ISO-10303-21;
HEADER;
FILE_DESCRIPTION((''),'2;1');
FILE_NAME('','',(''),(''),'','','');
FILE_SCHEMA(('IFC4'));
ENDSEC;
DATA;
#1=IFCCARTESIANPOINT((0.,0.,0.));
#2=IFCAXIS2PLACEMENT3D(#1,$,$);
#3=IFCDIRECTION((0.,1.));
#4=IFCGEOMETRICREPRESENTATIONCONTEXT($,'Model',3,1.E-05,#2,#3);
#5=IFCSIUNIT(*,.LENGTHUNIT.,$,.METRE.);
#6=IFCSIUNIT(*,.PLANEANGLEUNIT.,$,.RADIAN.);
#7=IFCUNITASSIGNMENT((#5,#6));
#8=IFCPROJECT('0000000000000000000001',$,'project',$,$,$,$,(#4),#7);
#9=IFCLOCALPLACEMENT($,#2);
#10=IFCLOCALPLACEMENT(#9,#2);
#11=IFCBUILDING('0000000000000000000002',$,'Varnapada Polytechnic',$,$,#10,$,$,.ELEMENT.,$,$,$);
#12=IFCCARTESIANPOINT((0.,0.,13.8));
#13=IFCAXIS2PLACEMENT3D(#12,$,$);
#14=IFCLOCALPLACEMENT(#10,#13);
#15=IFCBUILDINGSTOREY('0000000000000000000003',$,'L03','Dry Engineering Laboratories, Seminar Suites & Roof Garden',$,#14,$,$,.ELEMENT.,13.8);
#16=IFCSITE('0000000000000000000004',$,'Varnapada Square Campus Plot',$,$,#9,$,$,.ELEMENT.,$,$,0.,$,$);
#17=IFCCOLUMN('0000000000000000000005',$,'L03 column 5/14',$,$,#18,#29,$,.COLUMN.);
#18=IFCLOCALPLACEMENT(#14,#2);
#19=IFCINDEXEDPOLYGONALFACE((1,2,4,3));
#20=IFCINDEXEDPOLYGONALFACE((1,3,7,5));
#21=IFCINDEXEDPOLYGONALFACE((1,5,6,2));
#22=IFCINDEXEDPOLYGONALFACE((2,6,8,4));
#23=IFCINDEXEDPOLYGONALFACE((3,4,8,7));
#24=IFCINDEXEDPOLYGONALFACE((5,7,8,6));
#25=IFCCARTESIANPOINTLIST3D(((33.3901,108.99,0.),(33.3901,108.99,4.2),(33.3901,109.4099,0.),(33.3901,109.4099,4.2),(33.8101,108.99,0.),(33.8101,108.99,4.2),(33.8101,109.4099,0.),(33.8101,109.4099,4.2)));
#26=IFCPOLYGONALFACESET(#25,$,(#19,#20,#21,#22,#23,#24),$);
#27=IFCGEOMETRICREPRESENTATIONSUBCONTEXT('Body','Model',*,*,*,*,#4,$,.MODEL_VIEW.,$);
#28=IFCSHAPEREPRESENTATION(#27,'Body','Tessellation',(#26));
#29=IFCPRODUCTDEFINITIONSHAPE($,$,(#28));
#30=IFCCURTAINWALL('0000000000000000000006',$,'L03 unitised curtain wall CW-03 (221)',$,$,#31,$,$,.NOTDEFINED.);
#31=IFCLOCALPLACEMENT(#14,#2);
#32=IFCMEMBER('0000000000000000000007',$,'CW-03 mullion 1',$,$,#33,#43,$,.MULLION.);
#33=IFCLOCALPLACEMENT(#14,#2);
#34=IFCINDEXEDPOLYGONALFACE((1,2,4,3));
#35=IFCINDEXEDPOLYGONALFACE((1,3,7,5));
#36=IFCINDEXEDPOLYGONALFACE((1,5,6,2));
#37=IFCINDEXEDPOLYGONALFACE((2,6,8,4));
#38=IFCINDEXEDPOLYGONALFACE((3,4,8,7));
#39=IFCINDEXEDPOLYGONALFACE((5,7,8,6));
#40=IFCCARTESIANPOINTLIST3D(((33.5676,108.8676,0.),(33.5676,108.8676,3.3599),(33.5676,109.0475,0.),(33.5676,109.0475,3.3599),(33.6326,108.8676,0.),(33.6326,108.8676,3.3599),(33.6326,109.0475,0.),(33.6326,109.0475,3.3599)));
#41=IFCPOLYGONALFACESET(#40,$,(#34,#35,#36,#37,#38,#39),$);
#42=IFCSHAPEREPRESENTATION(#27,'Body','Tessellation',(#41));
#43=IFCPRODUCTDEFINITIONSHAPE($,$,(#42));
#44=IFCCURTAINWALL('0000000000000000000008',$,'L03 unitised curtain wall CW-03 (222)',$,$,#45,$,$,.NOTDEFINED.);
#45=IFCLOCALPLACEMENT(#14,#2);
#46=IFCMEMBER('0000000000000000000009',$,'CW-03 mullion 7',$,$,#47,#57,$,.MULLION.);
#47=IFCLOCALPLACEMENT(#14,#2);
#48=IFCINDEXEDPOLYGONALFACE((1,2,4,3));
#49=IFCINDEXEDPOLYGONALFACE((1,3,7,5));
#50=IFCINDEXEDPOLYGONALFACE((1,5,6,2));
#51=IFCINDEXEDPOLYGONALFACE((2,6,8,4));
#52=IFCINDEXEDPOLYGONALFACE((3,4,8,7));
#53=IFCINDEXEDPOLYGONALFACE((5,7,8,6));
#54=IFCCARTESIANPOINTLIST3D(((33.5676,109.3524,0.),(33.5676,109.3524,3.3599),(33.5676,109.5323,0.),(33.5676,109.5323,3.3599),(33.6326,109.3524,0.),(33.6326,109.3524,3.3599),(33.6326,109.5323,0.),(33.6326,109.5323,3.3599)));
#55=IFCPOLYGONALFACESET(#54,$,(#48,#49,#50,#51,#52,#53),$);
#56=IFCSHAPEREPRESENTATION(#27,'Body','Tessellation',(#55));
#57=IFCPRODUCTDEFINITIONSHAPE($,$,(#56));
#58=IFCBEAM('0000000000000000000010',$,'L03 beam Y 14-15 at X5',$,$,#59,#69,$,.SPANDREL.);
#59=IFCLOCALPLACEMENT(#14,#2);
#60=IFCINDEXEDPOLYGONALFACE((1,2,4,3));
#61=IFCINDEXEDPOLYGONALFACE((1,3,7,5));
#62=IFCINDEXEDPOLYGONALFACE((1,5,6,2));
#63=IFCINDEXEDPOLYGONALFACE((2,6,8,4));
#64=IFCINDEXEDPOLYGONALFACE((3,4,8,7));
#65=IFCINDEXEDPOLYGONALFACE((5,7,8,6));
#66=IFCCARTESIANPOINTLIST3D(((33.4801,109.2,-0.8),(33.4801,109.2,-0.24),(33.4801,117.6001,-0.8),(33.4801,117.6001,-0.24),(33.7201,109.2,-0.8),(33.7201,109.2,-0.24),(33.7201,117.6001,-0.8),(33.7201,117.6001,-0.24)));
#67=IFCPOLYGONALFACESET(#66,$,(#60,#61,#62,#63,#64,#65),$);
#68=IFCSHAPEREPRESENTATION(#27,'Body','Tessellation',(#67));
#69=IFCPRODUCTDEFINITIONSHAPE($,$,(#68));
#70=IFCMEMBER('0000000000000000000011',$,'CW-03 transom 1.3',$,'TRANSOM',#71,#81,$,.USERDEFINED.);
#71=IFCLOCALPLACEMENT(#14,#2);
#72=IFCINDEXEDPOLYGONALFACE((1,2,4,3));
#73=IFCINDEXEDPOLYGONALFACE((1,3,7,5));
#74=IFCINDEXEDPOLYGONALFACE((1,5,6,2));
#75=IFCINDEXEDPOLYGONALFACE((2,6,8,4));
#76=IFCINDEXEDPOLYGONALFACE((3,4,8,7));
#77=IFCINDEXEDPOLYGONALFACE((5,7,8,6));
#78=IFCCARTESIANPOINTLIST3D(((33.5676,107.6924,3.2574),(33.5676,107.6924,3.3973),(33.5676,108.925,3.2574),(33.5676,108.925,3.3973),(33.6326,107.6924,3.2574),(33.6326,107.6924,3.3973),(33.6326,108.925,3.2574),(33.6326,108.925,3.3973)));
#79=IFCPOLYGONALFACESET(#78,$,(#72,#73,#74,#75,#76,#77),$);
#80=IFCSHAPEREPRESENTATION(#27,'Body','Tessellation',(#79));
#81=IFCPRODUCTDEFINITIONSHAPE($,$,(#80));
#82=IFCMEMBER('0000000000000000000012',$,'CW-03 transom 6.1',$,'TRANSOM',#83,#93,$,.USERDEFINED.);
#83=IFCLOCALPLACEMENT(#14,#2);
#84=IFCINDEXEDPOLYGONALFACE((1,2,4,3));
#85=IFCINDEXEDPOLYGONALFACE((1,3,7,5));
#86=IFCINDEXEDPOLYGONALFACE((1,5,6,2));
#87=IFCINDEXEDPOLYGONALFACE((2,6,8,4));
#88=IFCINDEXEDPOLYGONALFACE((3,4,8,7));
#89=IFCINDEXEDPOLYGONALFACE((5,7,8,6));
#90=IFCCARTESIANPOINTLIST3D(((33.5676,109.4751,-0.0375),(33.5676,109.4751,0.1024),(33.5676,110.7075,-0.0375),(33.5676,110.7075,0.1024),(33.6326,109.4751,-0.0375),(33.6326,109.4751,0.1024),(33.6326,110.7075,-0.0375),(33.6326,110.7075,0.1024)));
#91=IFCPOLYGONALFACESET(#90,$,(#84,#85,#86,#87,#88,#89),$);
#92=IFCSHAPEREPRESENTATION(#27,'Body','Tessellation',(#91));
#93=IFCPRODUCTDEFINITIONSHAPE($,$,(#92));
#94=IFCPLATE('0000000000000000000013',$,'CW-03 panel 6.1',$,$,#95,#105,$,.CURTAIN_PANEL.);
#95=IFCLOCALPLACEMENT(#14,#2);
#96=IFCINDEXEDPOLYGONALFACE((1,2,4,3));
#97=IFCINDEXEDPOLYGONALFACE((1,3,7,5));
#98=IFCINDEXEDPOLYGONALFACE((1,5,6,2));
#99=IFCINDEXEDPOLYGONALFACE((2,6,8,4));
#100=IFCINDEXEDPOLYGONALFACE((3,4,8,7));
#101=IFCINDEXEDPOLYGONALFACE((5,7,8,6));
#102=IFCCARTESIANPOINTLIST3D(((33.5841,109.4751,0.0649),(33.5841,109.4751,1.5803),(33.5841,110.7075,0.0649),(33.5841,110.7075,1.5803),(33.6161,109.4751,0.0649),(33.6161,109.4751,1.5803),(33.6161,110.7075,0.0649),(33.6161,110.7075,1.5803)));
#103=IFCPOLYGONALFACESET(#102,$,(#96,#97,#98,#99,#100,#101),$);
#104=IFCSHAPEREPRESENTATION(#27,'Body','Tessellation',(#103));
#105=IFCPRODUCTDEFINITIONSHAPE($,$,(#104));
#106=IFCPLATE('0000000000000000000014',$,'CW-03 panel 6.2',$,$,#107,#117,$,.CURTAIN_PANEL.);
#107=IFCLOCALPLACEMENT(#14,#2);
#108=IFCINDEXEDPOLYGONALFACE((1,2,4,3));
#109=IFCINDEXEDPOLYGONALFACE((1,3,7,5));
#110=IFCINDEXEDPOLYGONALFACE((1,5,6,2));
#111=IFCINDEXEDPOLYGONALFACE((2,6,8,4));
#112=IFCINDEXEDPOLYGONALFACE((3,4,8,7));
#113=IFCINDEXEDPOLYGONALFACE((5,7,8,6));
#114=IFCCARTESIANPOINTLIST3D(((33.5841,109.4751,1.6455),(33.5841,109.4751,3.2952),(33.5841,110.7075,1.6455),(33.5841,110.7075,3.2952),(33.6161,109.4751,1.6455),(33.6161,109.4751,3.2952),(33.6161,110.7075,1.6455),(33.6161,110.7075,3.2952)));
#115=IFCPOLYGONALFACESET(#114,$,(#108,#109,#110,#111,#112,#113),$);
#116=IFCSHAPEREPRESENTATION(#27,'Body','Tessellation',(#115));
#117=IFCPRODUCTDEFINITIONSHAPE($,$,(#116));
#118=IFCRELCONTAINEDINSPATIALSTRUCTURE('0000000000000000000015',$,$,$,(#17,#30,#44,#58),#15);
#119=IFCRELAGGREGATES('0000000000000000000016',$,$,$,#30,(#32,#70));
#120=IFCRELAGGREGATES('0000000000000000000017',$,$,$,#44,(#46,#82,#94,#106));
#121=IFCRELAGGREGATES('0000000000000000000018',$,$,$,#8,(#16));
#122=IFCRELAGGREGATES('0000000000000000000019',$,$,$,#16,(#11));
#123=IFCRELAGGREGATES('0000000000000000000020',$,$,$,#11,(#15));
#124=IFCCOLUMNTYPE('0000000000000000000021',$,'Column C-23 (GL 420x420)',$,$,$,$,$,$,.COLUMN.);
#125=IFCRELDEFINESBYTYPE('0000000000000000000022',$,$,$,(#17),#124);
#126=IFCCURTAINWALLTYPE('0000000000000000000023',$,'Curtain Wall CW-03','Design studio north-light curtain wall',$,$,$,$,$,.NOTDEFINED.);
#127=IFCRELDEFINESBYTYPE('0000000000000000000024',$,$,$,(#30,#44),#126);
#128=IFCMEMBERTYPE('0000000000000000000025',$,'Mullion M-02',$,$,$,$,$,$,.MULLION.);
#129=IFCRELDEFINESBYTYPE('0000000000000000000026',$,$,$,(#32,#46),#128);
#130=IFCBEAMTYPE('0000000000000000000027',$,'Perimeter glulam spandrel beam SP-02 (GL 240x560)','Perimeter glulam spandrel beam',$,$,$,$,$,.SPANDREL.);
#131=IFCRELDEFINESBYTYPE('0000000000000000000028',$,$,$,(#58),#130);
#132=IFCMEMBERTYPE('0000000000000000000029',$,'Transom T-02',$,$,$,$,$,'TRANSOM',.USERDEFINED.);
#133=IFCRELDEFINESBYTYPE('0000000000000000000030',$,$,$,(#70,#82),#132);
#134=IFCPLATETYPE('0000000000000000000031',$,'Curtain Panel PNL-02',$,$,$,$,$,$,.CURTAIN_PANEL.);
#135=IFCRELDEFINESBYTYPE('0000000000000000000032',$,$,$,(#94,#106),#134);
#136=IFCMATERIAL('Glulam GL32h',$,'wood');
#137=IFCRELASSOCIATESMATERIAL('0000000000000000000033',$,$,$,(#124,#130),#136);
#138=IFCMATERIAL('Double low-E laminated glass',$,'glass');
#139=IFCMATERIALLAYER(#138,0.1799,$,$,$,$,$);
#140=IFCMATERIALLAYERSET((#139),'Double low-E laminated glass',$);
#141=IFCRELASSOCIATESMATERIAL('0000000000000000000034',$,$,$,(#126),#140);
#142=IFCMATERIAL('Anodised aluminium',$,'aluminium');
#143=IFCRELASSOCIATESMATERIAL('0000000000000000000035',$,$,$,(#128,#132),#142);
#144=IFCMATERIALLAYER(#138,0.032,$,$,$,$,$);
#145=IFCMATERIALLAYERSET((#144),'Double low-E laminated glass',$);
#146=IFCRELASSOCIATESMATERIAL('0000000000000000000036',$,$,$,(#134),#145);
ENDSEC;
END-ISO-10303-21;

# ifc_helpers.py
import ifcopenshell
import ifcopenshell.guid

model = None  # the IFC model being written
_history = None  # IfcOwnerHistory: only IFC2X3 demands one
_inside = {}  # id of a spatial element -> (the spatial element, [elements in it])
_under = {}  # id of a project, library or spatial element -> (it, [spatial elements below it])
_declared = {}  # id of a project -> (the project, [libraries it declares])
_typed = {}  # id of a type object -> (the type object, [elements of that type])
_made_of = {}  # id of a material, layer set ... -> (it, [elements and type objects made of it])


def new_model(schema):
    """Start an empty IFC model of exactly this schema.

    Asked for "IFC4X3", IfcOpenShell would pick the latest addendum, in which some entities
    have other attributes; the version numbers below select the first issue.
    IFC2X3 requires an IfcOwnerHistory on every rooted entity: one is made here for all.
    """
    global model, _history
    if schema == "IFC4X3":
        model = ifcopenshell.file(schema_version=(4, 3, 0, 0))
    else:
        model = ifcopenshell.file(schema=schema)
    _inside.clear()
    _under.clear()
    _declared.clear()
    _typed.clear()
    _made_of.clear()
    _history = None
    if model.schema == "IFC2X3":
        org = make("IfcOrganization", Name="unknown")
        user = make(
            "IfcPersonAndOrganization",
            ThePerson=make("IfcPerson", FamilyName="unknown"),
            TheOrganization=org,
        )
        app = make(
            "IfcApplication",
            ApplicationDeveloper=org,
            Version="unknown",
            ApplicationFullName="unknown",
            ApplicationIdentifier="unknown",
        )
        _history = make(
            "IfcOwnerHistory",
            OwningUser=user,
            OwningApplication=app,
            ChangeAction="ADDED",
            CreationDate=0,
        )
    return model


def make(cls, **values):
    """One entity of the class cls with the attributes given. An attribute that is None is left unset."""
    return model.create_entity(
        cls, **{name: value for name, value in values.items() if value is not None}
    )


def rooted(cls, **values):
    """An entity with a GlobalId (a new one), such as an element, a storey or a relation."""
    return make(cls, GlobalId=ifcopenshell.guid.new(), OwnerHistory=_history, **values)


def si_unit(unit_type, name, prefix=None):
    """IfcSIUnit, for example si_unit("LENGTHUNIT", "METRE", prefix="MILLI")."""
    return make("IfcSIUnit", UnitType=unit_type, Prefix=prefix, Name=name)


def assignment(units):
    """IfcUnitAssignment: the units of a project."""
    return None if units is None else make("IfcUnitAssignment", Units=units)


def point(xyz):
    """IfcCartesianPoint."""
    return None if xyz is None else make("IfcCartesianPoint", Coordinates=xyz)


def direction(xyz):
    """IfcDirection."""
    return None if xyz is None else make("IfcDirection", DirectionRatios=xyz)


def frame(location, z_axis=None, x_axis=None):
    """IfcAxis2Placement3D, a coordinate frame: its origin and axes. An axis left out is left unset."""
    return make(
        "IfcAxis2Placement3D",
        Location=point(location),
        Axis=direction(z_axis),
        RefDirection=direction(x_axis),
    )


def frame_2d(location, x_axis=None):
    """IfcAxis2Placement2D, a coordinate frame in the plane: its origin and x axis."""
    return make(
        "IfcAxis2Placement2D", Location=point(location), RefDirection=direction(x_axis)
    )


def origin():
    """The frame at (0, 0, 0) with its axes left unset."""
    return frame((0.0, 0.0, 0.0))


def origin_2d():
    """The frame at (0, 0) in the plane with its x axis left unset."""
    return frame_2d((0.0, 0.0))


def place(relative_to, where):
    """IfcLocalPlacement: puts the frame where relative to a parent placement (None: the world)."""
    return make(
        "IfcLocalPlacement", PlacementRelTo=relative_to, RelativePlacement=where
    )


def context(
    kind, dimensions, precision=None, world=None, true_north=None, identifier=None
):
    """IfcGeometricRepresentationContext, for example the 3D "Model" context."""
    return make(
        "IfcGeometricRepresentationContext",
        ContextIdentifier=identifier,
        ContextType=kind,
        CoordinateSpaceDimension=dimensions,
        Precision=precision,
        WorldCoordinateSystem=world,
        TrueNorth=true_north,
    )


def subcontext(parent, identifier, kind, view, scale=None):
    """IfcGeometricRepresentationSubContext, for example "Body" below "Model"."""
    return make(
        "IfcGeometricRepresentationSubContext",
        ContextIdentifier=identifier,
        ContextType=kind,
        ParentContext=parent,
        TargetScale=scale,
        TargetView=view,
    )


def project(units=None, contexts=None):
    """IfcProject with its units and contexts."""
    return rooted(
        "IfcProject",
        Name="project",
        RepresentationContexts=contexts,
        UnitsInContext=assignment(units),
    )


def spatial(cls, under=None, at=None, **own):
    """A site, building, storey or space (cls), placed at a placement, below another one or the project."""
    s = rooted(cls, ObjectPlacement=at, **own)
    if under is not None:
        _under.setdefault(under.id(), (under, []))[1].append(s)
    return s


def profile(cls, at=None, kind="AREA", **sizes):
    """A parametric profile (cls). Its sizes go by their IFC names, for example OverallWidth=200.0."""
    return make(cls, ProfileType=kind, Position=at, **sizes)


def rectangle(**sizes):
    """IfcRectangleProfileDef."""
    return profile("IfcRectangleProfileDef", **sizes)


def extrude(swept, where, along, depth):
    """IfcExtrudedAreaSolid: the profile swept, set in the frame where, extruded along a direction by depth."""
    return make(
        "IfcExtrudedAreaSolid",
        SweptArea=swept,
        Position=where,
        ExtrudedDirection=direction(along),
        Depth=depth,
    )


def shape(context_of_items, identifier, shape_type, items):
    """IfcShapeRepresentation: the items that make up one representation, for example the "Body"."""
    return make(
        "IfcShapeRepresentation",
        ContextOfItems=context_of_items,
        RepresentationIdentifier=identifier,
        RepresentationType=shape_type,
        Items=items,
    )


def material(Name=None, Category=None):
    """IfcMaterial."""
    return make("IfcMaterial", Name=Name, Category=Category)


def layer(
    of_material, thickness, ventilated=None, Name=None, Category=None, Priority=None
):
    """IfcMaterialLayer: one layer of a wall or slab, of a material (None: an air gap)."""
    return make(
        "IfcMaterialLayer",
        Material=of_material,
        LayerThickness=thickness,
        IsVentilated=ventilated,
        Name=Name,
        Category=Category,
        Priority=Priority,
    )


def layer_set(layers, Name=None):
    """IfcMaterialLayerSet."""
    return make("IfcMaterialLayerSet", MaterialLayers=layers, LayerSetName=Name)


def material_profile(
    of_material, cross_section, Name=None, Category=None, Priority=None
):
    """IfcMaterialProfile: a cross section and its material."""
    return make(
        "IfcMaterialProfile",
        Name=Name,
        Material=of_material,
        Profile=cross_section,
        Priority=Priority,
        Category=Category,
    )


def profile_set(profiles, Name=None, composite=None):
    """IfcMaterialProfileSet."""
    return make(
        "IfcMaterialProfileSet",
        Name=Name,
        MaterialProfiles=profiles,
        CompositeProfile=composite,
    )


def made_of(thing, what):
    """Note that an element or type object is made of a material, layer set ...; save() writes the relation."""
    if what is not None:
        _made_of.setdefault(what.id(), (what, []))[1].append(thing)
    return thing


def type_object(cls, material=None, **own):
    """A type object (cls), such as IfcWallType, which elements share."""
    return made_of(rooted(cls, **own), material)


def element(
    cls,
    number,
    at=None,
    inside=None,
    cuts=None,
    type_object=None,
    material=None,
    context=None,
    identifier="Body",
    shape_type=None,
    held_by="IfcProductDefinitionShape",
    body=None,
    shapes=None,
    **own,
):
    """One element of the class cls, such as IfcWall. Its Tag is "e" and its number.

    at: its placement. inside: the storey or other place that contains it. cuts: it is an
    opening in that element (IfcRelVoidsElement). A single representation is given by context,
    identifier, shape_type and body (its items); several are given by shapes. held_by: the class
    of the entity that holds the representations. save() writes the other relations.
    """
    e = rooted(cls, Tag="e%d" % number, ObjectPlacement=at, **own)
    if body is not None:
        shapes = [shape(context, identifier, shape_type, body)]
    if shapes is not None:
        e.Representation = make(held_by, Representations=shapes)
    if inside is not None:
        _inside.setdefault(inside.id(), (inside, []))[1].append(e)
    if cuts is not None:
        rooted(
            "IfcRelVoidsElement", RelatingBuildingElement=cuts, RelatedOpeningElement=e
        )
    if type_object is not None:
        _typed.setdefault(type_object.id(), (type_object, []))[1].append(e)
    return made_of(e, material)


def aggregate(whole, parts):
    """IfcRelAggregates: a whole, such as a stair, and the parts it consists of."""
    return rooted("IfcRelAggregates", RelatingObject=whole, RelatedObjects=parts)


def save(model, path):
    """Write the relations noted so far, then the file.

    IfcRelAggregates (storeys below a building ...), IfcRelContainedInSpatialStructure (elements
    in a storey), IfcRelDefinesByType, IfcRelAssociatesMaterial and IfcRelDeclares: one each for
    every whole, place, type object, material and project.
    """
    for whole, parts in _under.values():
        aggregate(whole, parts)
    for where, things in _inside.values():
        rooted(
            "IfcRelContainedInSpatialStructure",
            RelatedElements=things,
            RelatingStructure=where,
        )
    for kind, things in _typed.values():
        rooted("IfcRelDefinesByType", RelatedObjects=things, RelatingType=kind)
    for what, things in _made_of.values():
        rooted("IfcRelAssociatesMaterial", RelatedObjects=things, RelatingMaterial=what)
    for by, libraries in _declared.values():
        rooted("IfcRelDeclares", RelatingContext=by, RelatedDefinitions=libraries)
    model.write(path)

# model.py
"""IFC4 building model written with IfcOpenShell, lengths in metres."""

from ifc_helpers import new_model, si_unit, direction, frame, origin, origin_2d, place, context, subcontext, project, spatial, rectangle, extrude, material, layer, layer_set, material_profile, profile_set, type_object, element, aggregate, save


model = new_model("IFC4")

# Units and contexts
model_context = context("Model", 3, precision=1e-05, world=origin(), true_north=direction((0.0, 1.0)))
body_context = subcontext(model_context, "Body", "Model", "MODEL_VIEW")
ifc_project = project(units=[si_unit("LENGTHUNIT", "METRE"), si_unit("PLANEANGLEUNIT", "RADIAN")], contexts=[model_context])

# Site, building, storey
site_placement = place(None, origin())
site = spatial("IfcSite", under=ifc_project, at=site_placement, Name="Varnapada Square Campus Plot", CompositionType="ELEMENT", RefElevation=0.0)
building_placement = place(site_placement, origin())
building = spatial("IfcBuilding", under=site, at=building_placement, Name="Varnapada Polytechnic", CompositionType="ELEMENT")
storey_placement = place(building_placement, frame((0.0, 0.0, 13.8)))
storey = spatial("IfcBuildingStorey", under=building, at=storey_placement, Name="L03", Description="Dry Engineering Laboratories, Seminar Suites & Roof Garden", CompositionType="ELEMENT", Elevation=13.8)

# Column
ifc_material_1 = material(Name="Glulam GL32h", Category="wood")
ifc_material_profile_1 = material_profile(ifc_material_1, rectangle(XDim=0.4199, YDim=0.4199, at=origin_2d()), Name="GL 420x420")
ifc_profile_set_1 = profile_set([ifc_material_profile_1], Name="Glulam GL32h")
column_type = type_object("IfcColumnType", Name="Column C-23 (GL 420x420)", PredefinedType="COLUMN", material=ifc_profile_set_1)
column_placement = place(storey_placement, frame((33.6001, 109.2, 0.0), z_axis=(0.0, 0.0, 1.0), x_axis=(1.0, 0.0, 0.0)))
element("IfcColumn", 1, at=column_placement, inside=storey, type_object=column_type, Name="L03 column 5/14", PredefinedType="COLUMN", context=body_context, shape_type="SweptSolid", body=[
    extrude(rectangle(XDim=0.4199, YDim=0.4199, at=origin_2d()), origin(), (0.0, 0.0, 1.0), 4.2),
])

# Curtain walls, members
ifc_material_2 = material(Name="Double low-E laminated glass", Category="glass")
ifc_layer_1 = layer(ifc_material_2, 0.1799)
ifc_layer_set_1 = layer_set([ifc_layer_1], Name="Double low-E laminated glass")
curtain_wall_type = type_object("IfcCurtainWallType", Name="Curtain Wall CW-03", Description="Design studio north-light curtain wall", PredefinedType="NOTDEFINED", material=ifc_layer_set_1)
curtain_wall_1_placement = place(storey_placement, origin())
curtain_wall_1 = element("IfcCurtainWall", 2, at=curtain_wall_1_placement, inside=storey, type_object=curtain_wall_type, Name="L03 unitised curtain wall CW-03 (221)", PredefinedType="NOTDEFINED")
ifc_material_3 = material(Name="Anodised aluminium", Category="aluminium")
ifc_material_profile_2 = material_profile(ifc_material_3, rectangle(XDim=0.0649, YDim=0.1799, at=origin_2d()), Name="ALU M65x180")
ifc_profile_set_2 = profile_set([ifc_material_profile_2], Name="Anodised aluminium")
member_type_1 = type_object("IfcMemberType", Name="Mullion M-02", PredefinedType="MULLION", material=ifc_profile_set_2)
member_1_placement = place(storey_placement, frame((33.6001, 108.9575, 0.0), z_axis=(0.0, 0.0, 1.0), x_axis=(1.0, 0.0, 0.0)))
member_1 = element("IfcMember", 3, at=member_1_placement, type_object=member_type_1, Name="CW-03 mullion 1", PredefinedType="MULLION", context=body_context, shape_type="SweptSolid", body=[
    extrude(rectangle(XDim=0.0649, YDim=0.1799, at=origin_2d()), origin(), (0.0, 0.0, 1.0), 3.3599),
])
curtain_wall_2_placement = place(storey_placement, origin())
curtain_wall_2 = element("IfcCurtainWall", 4, at=curtain_wall_2_placement, inside=storey, type_object=curtain_wall_type, Name="L03 unitised curtain wall CW-03 (222)", PredefinedType="NOTDEFINED")
member_2_placement = place(storey_placement, frame((33.6001, 109.4424, 0.0), z_axis=(0.0, 0.0, 1.0), x_axis=(1.0, 0.0, 0.0)))
member_2 = element("IfcMember", 5, at=member_2_placement, type_object=member_type_1, Name="CW-03 mullion 7", PredefinedType="MULLION", context=body_context, shape_type="SweptSolid", body=[
    extrude(rectangle(XDim=0.0649, YDim=0.1799, at=origin_2d()), origin(), (0.0, 0.0, 1.0), 3.3599),
])

# Beam
ifc_material_profile_3 = material_profile(ifc_material_1, rectangle(XDim=0.24, YDim=0.5601, at=origin_2d()), Name="GL 240x560")
ifc_profile_set_3 = profile_set([ifc_material_profile_3], Name="Glulam GL32h")
beam_type = type_object("IfcBeamType", Name="Perimeter glulam spandrel beam SP-02 (GL 240x560)", Description="Perimeter glulam spandrel beam", PredefinedType="SPANDREL", material=ifc_profile_set_3)
beam_placement = place(storey_placement, frame((33.6001, 109.2, -0.52), z_axis=(0.0, 1.0, 0.0), x_axis=(-1.0, 0.0, 0.0)))
element("IfcBeam", 6, at=beam_placement, inside=storey, type_object=beam_type, Name="L03 beam Y 14-15 at X5", PredefinedType="SPANDREL", context=body_context, shape_type="SweptSolid", body=[
    extrude(rectangle(XDim=0.24, YDim=0.5601, at=origin_2d()), origin(), (0.0, 0.0, 1.0), 8.4001),
])

# Members
ifc_material_profile_4 = material_profile(ifc_material_3, rectangle(XDim=0.0649, YDim=0.1399, at=origin_2d()), Name="ALU T65x140")
ifc_profile_set_4 = profile_set([ifc_material_profile_4], Name="Anodised aluminium")
member_type_2 = type_object("IfcMemberType", Name="Transom T-02", ElementType="TRANSOM", PredefinedType="USERDEFINED", material=ifc_profile_set_4)
member_3_placement = place(storey_placement, frame((33.6001, 108.925, 3.3274), z_axis=(0.0, -1.0, 0.0), x_axis=(1.0, 0.0, 0.0)))
member_3 = element("IfcMember", 7, at=member_3_placement, type_object=member_type_2, Name="CW-03 transom 1.3", ObjectType="TRANSOM", PredefinedType="USERDEFINED", context=body_context, shape_type="SweptSolid", body=[
    extrude(rectangle(XDim=0.0649, YDim=0.1399, at=origin_2d()), origin(), (0.0, 0.0, 1.0), 1.2327),
])
aggregate(curtain_wall_1, [member_1, member_3])
member_4_placement = place(storey_placement, frame((33.6001, 110.7075, 0.0325), z_axis=(0.0, -1.0, 0.0), x_axis=(1.0, 0.0, 0.0)))
member_4 = element("IfcMember", 8, at=member_4_placement, type_object=member_type_2, Name="CW-03 transom 6.1", ObjectType="TRANSOM", PredefinedType="USERDEFINED", context=body_context, shape_type="SweptSolid", body=[
    extrude(rectangle(XDim=0.0649, YDim=0.1399, at=origin_2d()), origin(), (0.0, 0.0, 1.0), 1.2324),
])

# Plates
ifc_layer_2 = layer(ifc_material_2, 0.032)
ifc_layer_set_2 = layer_set([ifc_layer_2], Name="Double low-E laminated glass")
plate_type = type_object("IfcPlateType", Name="Curtain Panel PNL-02", PredefinedType="CURTAIN_PANEL", material=ifc_layer_set_2)
plate_1_placement = place(storey_placement, frame((33.6001, 110.0913, 0.0649), z_axis=(0.0, 0.0, 1.0), x_axis=(0.0, -1.0, 0.0)))
plate_1 = element("IfcPlate", 9, at=plate_1_placement, type_object=plate_type, Name="CW-03 panel 6.1", PredefinedType="CURTAIN_PANEL", context=body_context, shape_type="SweptSolid", body=[
    extrude(rectangle(XDim=1.2324, YDim=0.032, at=origin_2d()), origin(), (0.0, 0.0, 1.0), 1.5154),
])
plate_2_placement = place(storey_placement, frame((33.6001, 110.0913, 1.6455), z_axis=(0.0, 0.0, 1.0), x_axis=(0.0, -1.0, 0.0)))
plate_2 = element("IfcPlate", 10, at=plate_2_placement, type_object=plate_type, Name="CW-03 panel 6.2", PredefinedType="CURTAIN_PANEL", context=body_context, shape_type="SweptSolid", body=[
    extrude(rectangle(XDim=1.2324, YDim=0.032, at=origin_2d()), origin(), (0.0, 0.0, 1.0), 1.6497),
])
aggregate(curtain_wall_2, [member_2, member_4, plate_1, plate_2])

save(model, "model.ifc")
